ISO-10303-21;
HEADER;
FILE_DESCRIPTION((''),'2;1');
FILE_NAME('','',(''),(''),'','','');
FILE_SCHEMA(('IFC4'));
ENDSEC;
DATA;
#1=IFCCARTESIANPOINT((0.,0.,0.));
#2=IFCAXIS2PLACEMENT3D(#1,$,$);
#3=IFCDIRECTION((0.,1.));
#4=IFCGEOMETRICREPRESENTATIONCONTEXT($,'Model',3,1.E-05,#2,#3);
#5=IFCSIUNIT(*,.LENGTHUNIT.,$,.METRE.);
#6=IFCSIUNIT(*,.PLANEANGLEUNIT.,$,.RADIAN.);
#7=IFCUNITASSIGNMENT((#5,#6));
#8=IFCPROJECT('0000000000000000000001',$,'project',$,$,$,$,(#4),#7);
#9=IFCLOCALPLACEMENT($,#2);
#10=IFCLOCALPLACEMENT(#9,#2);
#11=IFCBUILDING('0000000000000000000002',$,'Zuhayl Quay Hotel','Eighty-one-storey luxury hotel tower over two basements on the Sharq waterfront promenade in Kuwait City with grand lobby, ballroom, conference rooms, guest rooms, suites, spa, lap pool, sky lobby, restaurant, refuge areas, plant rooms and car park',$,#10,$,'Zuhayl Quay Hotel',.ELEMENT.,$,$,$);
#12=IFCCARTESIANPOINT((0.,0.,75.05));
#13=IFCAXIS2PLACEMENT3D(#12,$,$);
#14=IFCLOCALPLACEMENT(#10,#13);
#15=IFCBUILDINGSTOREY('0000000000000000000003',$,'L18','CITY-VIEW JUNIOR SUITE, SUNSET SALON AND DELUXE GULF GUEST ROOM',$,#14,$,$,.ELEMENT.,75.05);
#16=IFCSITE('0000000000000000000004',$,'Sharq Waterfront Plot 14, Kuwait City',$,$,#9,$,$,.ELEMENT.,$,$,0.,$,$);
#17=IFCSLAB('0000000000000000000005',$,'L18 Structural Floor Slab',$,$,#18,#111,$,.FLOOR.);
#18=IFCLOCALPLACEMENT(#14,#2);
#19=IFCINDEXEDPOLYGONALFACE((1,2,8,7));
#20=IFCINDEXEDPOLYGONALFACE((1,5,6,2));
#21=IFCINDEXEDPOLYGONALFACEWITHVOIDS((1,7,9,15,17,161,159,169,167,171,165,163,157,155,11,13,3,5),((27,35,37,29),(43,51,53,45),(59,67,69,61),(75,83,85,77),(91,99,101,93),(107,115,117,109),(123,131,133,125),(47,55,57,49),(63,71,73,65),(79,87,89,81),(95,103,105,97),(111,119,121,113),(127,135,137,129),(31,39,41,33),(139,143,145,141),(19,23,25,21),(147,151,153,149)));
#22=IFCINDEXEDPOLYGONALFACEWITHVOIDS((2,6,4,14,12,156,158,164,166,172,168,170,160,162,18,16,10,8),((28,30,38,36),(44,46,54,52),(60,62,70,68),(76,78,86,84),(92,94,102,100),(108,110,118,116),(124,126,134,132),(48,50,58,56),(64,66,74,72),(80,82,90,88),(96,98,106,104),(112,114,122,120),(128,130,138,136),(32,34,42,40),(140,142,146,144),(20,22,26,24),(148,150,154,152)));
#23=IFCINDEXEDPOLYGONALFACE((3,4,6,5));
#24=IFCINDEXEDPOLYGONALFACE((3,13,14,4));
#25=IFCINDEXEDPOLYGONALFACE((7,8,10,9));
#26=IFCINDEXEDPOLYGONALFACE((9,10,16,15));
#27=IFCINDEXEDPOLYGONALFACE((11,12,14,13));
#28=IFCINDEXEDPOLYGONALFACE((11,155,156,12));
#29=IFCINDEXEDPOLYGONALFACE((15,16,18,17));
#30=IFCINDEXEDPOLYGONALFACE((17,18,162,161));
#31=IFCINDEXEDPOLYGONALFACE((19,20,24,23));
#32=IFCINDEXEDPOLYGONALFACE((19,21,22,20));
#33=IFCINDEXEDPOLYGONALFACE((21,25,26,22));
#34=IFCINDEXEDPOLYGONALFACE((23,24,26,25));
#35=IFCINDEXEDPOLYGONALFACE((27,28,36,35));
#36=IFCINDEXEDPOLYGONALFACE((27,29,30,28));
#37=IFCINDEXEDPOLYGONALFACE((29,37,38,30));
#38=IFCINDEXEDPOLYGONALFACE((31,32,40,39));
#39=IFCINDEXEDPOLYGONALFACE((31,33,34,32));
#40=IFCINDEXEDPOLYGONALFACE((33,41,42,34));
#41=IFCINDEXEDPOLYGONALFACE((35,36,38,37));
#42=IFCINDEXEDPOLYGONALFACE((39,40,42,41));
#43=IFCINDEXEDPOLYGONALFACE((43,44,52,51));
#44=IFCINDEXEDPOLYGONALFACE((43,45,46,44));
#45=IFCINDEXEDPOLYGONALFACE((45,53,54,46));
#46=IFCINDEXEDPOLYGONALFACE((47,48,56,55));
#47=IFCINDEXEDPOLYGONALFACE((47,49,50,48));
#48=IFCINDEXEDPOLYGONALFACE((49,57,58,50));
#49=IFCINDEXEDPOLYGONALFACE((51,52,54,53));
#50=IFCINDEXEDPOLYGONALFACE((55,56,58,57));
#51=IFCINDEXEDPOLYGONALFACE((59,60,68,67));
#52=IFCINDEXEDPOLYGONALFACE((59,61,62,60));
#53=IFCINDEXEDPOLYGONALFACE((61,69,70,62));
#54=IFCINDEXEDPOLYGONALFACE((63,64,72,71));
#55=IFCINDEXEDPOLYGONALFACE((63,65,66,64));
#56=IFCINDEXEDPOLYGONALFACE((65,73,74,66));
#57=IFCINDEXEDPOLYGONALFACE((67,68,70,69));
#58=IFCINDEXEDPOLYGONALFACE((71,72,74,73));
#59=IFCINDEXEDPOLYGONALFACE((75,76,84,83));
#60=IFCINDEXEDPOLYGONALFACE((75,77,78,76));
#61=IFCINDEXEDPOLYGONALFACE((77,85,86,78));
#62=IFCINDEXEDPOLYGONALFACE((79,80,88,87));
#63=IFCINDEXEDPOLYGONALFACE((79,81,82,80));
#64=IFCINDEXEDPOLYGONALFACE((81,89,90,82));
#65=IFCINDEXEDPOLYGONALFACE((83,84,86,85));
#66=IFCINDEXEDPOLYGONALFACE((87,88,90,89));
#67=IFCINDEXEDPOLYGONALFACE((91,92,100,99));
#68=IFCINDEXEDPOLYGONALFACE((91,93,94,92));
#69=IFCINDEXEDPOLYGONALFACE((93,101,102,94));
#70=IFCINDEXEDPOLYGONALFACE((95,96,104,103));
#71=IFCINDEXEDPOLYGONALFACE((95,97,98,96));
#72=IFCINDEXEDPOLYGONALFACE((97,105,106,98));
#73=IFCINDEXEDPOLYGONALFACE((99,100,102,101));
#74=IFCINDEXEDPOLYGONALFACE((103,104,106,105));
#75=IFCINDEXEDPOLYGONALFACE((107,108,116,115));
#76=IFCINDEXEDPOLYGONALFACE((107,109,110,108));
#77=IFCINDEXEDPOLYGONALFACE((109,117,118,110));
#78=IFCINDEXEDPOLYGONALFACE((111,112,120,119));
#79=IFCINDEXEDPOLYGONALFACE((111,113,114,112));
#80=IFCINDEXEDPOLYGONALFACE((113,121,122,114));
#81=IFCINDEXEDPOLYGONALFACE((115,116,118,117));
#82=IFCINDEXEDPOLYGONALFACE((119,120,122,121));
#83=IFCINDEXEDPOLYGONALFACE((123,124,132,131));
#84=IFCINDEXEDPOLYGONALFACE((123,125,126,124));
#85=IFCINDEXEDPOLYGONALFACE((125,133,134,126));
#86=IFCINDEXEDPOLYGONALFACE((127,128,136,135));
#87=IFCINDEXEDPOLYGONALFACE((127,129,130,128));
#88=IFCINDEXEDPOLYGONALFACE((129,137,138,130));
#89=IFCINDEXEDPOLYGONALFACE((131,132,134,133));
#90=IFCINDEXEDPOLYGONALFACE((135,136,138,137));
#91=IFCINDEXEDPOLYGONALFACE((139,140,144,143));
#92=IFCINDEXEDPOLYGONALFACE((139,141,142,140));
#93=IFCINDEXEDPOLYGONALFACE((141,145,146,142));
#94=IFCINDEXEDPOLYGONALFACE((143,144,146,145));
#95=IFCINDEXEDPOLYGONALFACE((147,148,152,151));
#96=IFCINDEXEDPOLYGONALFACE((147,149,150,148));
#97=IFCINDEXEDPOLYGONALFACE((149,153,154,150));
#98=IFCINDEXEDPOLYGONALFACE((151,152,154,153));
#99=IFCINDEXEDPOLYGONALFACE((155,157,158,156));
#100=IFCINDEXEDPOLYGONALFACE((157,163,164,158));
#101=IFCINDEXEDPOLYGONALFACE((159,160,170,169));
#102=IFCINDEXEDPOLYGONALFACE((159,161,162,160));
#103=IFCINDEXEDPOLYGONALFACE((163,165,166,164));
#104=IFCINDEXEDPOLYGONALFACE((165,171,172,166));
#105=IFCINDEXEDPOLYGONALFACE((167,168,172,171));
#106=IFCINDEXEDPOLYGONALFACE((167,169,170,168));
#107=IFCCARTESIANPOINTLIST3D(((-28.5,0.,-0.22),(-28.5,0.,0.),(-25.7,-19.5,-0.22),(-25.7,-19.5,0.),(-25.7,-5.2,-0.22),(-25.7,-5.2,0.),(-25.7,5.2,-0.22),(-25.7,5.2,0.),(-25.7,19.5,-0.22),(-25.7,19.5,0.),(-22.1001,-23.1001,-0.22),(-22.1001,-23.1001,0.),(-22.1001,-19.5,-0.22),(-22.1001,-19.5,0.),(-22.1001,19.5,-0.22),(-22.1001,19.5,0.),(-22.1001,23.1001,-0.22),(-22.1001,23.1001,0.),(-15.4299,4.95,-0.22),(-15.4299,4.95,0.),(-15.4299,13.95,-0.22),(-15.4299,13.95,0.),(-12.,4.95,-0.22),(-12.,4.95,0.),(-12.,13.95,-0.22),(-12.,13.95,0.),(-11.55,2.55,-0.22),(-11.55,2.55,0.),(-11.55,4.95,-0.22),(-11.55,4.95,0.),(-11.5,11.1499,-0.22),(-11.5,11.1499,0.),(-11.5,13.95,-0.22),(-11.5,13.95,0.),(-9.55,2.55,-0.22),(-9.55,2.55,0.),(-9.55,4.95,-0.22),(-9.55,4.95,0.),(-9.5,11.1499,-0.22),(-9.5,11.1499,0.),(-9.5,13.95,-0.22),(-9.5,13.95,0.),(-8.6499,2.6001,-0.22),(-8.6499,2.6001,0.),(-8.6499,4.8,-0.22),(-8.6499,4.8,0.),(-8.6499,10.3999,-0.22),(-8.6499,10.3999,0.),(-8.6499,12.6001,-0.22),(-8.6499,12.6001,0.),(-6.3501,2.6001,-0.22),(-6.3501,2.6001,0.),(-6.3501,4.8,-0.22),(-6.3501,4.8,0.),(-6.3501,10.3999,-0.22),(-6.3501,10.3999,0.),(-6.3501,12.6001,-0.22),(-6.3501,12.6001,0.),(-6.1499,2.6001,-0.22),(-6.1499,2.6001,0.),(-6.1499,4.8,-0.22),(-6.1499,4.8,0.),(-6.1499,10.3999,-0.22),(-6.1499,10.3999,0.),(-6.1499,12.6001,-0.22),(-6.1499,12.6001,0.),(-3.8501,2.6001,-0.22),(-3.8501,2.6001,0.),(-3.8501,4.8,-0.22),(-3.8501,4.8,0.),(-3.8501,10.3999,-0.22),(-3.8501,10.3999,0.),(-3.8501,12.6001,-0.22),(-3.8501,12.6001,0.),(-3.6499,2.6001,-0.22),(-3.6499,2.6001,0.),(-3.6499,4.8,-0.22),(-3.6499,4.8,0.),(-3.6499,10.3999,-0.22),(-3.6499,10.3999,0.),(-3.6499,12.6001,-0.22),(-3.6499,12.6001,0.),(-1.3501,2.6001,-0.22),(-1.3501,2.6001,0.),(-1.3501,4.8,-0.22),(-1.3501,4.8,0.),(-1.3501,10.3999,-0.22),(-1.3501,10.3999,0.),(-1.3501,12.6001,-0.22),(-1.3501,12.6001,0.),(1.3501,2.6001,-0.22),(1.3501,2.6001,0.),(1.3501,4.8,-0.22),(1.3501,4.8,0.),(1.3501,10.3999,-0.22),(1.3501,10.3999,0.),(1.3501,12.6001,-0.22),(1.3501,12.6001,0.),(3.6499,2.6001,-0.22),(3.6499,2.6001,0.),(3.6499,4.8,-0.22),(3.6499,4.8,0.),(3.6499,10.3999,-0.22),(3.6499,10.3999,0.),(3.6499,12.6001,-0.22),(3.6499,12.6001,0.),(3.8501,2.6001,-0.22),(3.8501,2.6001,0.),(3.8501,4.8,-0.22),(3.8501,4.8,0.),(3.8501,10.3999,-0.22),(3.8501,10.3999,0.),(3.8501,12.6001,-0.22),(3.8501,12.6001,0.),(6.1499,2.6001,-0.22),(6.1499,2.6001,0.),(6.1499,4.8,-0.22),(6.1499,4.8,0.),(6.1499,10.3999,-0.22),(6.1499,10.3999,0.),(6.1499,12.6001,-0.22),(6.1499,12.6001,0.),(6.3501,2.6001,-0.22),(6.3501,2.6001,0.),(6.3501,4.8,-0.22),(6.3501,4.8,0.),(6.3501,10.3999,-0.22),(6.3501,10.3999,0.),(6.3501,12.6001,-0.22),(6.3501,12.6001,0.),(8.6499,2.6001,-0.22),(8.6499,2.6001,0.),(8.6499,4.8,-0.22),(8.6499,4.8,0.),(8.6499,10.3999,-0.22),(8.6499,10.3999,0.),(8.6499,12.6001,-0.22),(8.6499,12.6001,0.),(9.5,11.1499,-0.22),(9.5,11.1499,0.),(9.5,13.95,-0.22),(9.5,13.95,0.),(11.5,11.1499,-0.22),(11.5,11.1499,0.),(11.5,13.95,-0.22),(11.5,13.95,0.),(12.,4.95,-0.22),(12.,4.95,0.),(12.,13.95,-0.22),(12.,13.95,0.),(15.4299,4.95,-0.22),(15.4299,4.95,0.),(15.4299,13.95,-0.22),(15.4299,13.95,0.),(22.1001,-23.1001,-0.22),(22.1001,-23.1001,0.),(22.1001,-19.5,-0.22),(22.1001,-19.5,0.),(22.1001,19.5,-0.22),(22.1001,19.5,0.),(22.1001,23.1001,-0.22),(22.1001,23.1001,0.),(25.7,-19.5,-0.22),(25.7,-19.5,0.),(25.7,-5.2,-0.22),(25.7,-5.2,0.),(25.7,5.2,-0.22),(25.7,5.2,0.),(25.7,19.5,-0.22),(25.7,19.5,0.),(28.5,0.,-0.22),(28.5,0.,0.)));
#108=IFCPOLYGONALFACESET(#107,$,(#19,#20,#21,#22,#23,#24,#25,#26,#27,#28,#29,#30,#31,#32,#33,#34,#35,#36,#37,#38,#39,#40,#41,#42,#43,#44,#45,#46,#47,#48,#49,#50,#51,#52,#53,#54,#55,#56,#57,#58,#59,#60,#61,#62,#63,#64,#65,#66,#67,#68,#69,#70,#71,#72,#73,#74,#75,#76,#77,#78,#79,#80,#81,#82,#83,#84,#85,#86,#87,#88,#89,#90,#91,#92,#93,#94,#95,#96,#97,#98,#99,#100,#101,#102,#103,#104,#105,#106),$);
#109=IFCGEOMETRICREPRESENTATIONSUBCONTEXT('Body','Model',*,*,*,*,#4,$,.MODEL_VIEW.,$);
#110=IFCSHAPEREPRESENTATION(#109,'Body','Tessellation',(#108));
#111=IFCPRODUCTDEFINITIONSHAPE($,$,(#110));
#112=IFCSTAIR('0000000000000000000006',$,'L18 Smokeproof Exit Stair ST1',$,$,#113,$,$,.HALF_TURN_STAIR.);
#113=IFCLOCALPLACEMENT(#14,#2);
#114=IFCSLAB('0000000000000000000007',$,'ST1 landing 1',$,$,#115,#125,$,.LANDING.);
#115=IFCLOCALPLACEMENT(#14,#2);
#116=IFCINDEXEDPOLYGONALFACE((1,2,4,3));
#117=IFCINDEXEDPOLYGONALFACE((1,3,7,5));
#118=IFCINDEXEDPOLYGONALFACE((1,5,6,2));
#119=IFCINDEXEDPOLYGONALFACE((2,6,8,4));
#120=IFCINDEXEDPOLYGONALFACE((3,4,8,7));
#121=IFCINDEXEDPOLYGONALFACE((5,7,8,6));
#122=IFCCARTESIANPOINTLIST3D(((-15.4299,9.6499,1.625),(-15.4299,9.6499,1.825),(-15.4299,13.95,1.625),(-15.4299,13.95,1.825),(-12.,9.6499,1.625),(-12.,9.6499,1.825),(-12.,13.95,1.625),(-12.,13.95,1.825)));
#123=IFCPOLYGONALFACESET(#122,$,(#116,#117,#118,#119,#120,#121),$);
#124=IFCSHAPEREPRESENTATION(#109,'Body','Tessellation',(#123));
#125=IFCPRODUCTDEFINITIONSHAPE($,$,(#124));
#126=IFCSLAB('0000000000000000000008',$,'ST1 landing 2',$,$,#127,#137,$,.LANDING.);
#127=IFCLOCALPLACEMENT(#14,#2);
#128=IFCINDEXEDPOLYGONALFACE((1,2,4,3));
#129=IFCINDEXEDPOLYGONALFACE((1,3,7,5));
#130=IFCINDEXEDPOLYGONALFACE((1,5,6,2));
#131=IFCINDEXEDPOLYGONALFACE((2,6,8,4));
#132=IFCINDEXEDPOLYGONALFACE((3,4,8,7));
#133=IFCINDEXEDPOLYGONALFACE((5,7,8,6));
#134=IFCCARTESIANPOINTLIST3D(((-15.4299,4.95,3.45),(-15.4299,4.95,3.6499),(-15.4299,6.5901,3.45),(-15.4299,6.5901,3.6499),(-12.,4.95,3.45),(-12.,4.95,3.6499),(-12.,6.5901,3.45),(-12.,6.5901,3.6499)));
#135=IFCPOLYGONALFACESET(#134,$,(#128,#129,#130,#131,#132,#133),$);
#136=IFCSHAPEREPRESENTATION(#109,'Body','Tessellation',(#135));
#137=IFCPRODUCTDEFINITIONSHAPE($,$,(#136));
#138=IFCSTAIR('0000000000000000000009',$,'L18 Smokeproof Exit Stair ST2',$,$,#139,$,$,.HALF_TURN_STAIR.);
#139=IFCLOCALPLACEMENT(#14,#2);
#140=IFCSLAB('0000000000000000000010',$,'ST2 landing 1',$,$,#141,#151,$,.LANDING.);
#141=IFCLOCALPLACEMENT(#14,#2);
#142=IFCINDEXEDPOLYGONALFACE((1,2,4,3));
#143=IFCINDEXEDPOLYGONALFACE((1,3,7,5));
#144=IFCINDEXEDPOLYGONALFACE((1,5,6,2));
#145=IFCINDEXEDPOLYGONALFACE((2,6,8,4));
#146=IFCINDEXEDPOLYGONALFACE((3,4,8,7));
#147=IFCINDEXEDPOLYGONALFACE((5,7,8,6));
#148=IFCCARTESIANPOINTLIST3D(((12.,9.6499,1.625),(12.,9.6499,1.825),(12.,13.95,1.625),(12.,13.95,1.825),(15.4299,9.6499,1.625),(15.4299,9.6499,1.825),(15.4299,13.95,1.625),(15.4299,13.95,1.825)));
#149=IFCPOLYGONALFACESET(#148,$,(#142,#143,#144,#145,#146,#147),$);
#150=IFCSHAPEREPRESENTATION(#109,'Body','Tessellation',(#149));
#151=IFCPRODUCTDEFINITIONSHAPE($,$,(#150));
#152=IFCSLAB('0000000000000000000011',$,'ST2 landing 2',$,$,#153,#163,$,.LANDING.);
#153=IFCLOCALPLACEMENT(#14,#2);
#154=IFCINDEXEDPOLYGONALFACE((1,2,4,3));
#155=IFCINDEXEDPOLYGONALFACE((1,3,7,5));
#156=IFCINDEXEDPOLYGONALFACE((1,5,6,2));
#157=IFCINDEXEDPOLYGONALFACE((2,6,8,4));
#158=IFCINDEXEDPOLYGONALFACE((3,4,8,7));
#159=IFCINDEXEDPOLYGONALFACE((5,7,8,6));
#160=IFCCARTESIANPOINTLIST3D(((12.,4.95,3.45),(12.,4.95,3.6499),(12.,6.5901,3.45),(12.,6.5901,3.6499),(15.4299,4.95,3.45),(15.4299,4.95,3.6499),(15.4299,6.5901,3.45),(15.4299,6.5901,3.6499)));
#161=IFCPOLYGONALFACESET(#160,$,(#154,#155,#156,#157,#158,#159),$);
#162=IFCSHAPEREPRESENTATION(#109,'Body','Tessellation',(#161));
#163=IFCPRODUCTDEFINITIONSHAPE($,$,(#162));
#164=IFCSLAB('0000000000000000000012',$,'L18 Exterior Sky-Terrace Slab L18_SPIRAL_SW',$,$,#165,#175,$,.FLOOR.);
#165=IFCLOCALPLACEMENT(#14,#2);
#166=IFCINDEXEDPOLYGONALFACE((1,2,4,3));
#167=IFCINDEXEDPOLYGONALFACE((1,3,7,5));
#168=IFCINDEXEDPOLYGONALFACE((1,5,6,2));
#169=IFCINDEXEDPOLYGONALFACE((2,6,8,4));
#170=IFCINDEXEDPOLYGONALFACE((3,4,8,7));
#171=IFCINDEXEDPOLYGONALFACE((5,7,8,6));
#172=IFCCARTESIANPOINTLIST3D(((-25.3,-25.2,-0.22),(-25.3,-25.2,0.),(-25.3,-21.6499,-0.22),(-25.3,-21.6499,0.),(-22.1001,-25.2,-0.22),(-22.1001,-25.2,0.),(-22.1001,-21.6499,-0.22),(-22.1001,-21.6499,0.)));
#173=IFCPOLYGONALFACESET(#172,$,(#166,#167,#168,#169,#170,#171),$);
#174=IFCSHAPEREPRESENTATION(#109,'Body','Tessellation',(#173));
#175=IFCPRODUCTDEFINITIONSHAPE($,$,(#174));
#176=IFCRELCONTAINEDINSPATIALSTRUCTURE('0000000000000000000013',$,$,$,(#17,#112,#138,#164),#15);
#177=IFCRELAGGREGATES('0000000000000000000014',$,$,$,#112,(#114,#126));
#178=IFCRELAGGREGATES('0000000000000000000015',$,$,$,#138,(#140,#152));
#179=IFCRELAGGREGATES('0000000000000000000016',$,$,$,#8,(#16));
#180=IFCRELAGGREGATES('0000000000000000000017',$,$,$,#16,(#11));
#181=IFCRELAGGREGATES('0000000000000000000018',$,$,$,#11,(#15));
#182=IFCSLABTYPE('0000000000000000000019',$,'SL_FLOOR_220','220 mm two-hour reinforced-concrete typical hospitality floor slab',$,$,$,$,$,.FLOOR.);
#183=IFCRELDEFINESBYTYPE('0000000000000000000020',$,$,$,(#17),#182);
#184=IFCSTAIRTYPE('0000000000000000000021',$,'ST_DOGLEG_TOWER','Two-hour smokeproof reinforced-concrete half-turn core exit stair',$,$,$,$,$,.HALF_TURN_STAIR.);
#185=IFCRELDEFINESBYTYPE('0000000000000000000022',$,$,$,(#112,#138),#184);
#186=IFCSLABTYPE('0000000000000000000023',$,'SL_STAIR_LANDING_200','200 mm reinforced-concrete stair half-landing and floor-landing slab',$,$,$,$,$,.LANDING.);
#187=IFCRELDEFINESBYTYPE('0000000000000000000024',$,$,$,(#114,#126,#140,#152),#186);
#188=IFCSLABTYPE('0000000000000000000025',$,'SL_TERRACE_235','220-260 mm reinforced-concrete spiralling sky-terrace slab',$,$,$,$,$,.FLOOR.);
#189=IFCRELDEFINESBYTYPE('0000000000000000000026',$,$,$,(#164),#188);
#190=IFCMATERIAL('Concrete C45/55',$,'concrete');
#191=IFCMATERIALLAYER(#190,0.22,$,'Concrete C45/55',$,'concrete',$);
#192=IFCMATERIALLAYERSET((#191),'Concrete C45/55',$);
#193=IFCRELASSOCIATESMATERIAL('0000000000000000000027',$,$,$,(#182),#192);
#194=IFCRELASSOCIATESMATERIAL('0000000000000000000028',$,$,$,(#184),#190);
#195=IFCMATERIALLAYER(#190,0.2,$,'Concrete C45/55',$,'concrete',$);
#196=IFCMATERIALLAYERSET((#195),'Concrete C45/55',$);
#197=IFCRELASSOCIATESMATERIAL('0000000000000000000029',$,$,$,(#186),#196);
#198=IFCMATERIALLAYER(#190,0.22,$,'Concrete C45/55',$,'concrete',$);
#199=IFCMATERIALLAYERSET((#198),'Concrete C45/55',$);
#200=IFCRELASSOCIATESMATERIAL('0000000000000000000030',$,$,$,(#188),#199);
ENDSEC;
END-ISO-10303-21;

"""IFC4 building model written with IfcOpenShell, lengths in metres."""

from ifc_helpers import new_model, si_unit, direction, frame, origin, place, context, subcontext, project, spatial, polyline, outline, extrude, material, layer, layer_set, type_object, element, aggregate, save


model = new_model("IFC4")

# Units and contexts
model_context = context("Model", 3, precision=1e-05, world=origin(), true_north=direction((0.0, 1.0)))
body_context = subcontext(model_context, "Body", "Model", "MODEL_VIEW")
ifc_project = project(units=[si_unit("LENGTHUNIT", "METRE"), si_unit("PLANEANGLEUNIT", "RADIAN")], contexts=[model_context])

# Site, building, storey
site_placement = place(None, origin())
site = spatial("IfcSite", under=ifc_project, at=site_placement, Name="Sharq Waterfront Plot 14, Kuwait City", CompositionType="ELEMENT", RefElevation=0.0)
building_placement = place(site_placement, origin())
building = spatial("IfcBuilding", under=site, at=building_placement, Name="Zuhayl Quay Hotel", Description="Eighty-one-storey luxury hotel tower over two basements on the Sharq waterfront promenade in Kuwait City with grand lobby, ballroom, conference rooms, guest rooms, suites, spa, lap pool, sky lobby, restaurant, refuge areas, plant rooms and car park", LongName="Zuhayl Quay Hotel", CompositionType="ELEMENT")
storey_placement = place(building_placement, frame((0.0, 0.0, 75.05)))
storey = spatial("IfcBuildingStorey", under=building, at=storey_placement, Name="L18", Description="CITY-VIEW JUNIOR SUITE, SUNSET SALON AND DELUXE GULF GUEST ROOM", CompositionType="ELEMENT", Elevation=75.05)

# Slab
ifc_material_1 = material(Name="Concrete C45/55", Category="concrete")
ifc_layer_1 = layer(ifc_material_1, 0.22, Name="Concrete C45/55", Category="concrete")
ifc_layer_set_1 = layer_set([ifc_layer_1], Name="Concrete C45/55")
slab_type_1 = type_object("IfcSlabType", Name="SL_FLOOR_220", Description="220 mm two-hour reinforced-concrete typical hospitality floor slab", PredefinedType="FLOOR", material=ifc_layer_set_1)
slab_1_placement = place(storey_placement, frame((0.0, 0.0, -0.22)))
element("IfcSlab", 1, at=slab_1_placement, inside=storey, type_object=slab_type_1, Name="L18 Structural Floor Slab", PredefinedType="FLOOR", context=body_context, shape_type="SweptSolid", body=[
    extrude(outline(polyline([(-22.1001, -23.1001), (22.1001, -23.1001), (22.1001, -19.5), (25.7, -19.5), (25.7, -5.2), (28.5, 0.0), (25.7, 5.2), (25.7, 19.5), (22.1001, 19.5), (22.1001, 23.1001), (-22.1001, 23.1001), (-22.1001, 19.5), (-25.7, 19.5), (-25.7, 5.2), (-28.5, 0.0), (-25.7, -5.2), (-25.7, -19.5), (-22.1001, -19.5), (-22.1001, -23.1001)]), holes=[polyline([(-12.0, 4.95), (-12.0, 13.95), (-15.4299, 13.95), (-15.4299, 4.95), (-12.0, 4.95)]), polyline([(15.4299, 4.95), (15.4299, 13.95), (12.0, 13.95), (12.0, 4.95), (15.4299, 4.95)]), polyline([(-11.5, 11.1499), (-9.5, 11.1499), (-9.5, 13.95), (-11.5, 13.95), (-11.5, 11.1499)]), polyline([(9.5, 11.1499), (11.5, 11.1499), (11.5, 13.95), (9.5, 13.95), (9.5, 11.1499)]), polyline([(-8.6499, 2.6001), (-6.3501, 2.6001), (-6.3501, 4.8), (-8.6499, 4.8), (-8.6499, 2.6001)]), polyline([(-6.1499, 2.6001), (-3.8501, 2.6001), (-3.8501, 4.8), (-6.1499, 4.8), (-6.1499, 2.6001)]), polyline([(-8.6499, 10.3999), (-6.3501, 10.3999), (-6.3501, 12.6001), (-8.6499, 12.6001), (-8.6499, 10.3999)]), polyline([(-6.1499, 10.3999), (-3.8501, 10.3999), (-3.8501, 12.6001), (-6.1499, 12.6001), (-6.1499, 10.3999)]), polyline([(-3.6499, 2.6001), (-1.3501, 2.6001), (-1.3501, 4.8), (-3.6499, 4.8), (-3.6499, 2.6001)]), polyline([(1.3501, 2.6001), (3.6499, 2.6001), (3.6499, 4.8), (1.3501, 4.8), (1.3501, 2.6001)]), polyline([(-3.6499, 10.3999), (-1.3501, 10.3999), (-1.3501, 12.6001), (-3.6499, 12.6001), (-3.6499, 10.3999)]), polyline([(1.3501, 10.3999), (3.6499, 10.3999), (3.6499, 12.6001), (1.3501, 12.6001), (1.3501, 10.3999)]), polyline([(3.8501, 2.6001), (6.1499, 2.6001), (6.1499, 4.8), (3.8501, 4.8), (3.8501, 2.6001)]), polyline([(6.3501, 2.6001), (8.6499, 2.6001), (8.6499, 4.8), (6.3501, 4.8), (6.3501, 2.6001)]), polyline([(3.8501, 10.3999), (6.1499, 10.3999), (6.1499, 12.6001), (3.8501, 12.6001), (3.8501, 10.3999)]), polyline([(6.3501, 10.3999), (8.6499, 10.3999), (8.6499, 12.6001), (6.3501, 12.6001), (6.3501, 10.3999)]), polyline([(-11.55, 2.55), (-9.55, 2.55), (-9.55, 4.95), (-11.55, 4.95), (-11.55, 2.55)])]), origin(), (0.0, 0.0, 1.0), 0.22),
])

# Stairs, slabs
stair_type = type_object("IfcStairType", Name="ST_DOGLEG_TOWER", Description="Two-hour smokeproof reinforced-concrete half-turn core exit stair", PredefinedType="HALF_TURN_STAIR", material=ifc_material_1)
stair_1_placement = place(storey_placement, origin())
stair_1 = element("IfcStair", 2, at=stair_1_placement, inside=storey, type_object=stair_type, Name="L18 Smokeproof Exit Stair ST1", PredefinedType="HALF_TURN_STAIR")
ifc_layer_2 = layer(ifc_material_1, 0.2, Name="Concrete C45/55", Category="concrete")
ifc_layer_set_2 = layer_set([ifc_layer_2], Name="Concrete C45/55")
slab_type_2 = type_object("IfcSlabType", Name="SL_STAIR_LANDING_200", Description="200 mm reinforced-concrete stair half-landing and floor-landing slab", PredefinedType="LANDING", material=ifc_layer_set_2)
slab_2_placement = place(storey_placement, frame((0.0, 0.0, 1.625)))
slab_2 = element("IfcSlab", 3, at=slab_2_placement, type_object=slab_type_2, Name="ST1 landing 1", PredefinedType="LANDING", context=body_context, shape_type="SweptSolid", body=[
    extrude(outline(polyline([(-12.0, 9.6499), (-12.0, 13.95), (-15.4299, 13.95), (-15.4299, 9.6499), (-12.0, 9.6499)])), origin(), (0.0, 0.0, 1.0), 0.2),
])
slab_3_placement = place(storey_placement, frame((0.0, 0.0, 3.45)))
slab_3 = element("IfcSlab", 4, at=slab_3_placement, type_object=slab_type_2, Name="ST1 landing 2", PredefinedType="LANDING", context=body_context, shape_type="SweptSolid", body=[
    extrude(outline(polyline([(-12.0, 4.95), (-12.0, 6.5901), (-15.4299, 6.5901), (-15.4299, 4.95), (-12.0, 4.95)])), origin(), (0.0, 0.0, 1.0), 0.2),
])
aggregate(stair_1, [slab_2, slab_3])
stair_2_placement = place(storey_placement, origin())
stair_2 = element("IfcStair", 5, at=stair_2_placement, inside=storey, type_object=stair_type, Name="L18 Smokeproof Exit Stair ST2", PredefinedType="HALF_TURN_STAIR")
slab_4_placement = place(storey_placement, frame((0.0, 0.0, 1.625)))
slab_4 = element("IfcSlab", 6, at=slab_4_placement, type_object=slab_type_2, Name="ST2 landing 1", PredefinedType="LANDING", context=body_context, shape_type="SweptSolid", body=[
    extrude(outline(polyline([(15.4299, 9.6499), (15.4299, 13.95), (12.0, 13.95), (12.0, 9.6499), (15.4299, 9.6499)])), origin(), (0.0, 0.0, 1.0), 0.2),
])
slab_5_placement = place(storey_placement, frame((0.0, 0.0, 3.45)))
slab_5 = element("IfcSlab", 7, at=slab_5_placement, type_object=slab_type_2, Name="ST2 landing 2", PredefinedType="LANDING", context=body_context, shape_type="SweptSolid", body=[
    extrude(outline(polyline([(15.4299, 4.95), (15.4299, 6.5901), (12.0, 6.5901), (12.0, 4.95), (15.4299, 4.95)])), origin(), (0.0, 0.0, 1.0), 0.2),
])
aggregate(stair_2, [slab_4, slab_5])

# Slab
ifc_layer_3 = layer(ifc_material_1, 0.22, Name="Concrete C45/55", Category="concrete")
ifc_layer_set_3 = layer_set([ifc_layer_3], Name="Concrete C45/55")
slab_type_3 = type_object("IfcSlabType", Name="SL_TERRACE_235", Description="220-260 mm reinforced-concrete spiralling sky-terrace slab", PredefinedType="FLOOR", material=ifc_layer_set_3)
slab_6_placement = place(storey_placement, frame((0.0, 0.0, -0.22)))
element("IfcSlab", 8, at=slab_6_placement, inside=storey, type_object=slab_type_3, Name="L18 Exterior Sky-Terrace Slab L18_SPIRAL_SW", PredefinedType="FLOOR", context=body_context, shape_type="SweptSolid", body=[
    extrude(outline(polyline([(-25.3, -25.2), (-22.1001, -25.2), (-22.1001, -21.6499), (-25.3, -21.6499), (-25.3, -25.2)])), origin(), (0.0, 0.0, 1.0), 0.22),
])

save(model, "model.ifc")
